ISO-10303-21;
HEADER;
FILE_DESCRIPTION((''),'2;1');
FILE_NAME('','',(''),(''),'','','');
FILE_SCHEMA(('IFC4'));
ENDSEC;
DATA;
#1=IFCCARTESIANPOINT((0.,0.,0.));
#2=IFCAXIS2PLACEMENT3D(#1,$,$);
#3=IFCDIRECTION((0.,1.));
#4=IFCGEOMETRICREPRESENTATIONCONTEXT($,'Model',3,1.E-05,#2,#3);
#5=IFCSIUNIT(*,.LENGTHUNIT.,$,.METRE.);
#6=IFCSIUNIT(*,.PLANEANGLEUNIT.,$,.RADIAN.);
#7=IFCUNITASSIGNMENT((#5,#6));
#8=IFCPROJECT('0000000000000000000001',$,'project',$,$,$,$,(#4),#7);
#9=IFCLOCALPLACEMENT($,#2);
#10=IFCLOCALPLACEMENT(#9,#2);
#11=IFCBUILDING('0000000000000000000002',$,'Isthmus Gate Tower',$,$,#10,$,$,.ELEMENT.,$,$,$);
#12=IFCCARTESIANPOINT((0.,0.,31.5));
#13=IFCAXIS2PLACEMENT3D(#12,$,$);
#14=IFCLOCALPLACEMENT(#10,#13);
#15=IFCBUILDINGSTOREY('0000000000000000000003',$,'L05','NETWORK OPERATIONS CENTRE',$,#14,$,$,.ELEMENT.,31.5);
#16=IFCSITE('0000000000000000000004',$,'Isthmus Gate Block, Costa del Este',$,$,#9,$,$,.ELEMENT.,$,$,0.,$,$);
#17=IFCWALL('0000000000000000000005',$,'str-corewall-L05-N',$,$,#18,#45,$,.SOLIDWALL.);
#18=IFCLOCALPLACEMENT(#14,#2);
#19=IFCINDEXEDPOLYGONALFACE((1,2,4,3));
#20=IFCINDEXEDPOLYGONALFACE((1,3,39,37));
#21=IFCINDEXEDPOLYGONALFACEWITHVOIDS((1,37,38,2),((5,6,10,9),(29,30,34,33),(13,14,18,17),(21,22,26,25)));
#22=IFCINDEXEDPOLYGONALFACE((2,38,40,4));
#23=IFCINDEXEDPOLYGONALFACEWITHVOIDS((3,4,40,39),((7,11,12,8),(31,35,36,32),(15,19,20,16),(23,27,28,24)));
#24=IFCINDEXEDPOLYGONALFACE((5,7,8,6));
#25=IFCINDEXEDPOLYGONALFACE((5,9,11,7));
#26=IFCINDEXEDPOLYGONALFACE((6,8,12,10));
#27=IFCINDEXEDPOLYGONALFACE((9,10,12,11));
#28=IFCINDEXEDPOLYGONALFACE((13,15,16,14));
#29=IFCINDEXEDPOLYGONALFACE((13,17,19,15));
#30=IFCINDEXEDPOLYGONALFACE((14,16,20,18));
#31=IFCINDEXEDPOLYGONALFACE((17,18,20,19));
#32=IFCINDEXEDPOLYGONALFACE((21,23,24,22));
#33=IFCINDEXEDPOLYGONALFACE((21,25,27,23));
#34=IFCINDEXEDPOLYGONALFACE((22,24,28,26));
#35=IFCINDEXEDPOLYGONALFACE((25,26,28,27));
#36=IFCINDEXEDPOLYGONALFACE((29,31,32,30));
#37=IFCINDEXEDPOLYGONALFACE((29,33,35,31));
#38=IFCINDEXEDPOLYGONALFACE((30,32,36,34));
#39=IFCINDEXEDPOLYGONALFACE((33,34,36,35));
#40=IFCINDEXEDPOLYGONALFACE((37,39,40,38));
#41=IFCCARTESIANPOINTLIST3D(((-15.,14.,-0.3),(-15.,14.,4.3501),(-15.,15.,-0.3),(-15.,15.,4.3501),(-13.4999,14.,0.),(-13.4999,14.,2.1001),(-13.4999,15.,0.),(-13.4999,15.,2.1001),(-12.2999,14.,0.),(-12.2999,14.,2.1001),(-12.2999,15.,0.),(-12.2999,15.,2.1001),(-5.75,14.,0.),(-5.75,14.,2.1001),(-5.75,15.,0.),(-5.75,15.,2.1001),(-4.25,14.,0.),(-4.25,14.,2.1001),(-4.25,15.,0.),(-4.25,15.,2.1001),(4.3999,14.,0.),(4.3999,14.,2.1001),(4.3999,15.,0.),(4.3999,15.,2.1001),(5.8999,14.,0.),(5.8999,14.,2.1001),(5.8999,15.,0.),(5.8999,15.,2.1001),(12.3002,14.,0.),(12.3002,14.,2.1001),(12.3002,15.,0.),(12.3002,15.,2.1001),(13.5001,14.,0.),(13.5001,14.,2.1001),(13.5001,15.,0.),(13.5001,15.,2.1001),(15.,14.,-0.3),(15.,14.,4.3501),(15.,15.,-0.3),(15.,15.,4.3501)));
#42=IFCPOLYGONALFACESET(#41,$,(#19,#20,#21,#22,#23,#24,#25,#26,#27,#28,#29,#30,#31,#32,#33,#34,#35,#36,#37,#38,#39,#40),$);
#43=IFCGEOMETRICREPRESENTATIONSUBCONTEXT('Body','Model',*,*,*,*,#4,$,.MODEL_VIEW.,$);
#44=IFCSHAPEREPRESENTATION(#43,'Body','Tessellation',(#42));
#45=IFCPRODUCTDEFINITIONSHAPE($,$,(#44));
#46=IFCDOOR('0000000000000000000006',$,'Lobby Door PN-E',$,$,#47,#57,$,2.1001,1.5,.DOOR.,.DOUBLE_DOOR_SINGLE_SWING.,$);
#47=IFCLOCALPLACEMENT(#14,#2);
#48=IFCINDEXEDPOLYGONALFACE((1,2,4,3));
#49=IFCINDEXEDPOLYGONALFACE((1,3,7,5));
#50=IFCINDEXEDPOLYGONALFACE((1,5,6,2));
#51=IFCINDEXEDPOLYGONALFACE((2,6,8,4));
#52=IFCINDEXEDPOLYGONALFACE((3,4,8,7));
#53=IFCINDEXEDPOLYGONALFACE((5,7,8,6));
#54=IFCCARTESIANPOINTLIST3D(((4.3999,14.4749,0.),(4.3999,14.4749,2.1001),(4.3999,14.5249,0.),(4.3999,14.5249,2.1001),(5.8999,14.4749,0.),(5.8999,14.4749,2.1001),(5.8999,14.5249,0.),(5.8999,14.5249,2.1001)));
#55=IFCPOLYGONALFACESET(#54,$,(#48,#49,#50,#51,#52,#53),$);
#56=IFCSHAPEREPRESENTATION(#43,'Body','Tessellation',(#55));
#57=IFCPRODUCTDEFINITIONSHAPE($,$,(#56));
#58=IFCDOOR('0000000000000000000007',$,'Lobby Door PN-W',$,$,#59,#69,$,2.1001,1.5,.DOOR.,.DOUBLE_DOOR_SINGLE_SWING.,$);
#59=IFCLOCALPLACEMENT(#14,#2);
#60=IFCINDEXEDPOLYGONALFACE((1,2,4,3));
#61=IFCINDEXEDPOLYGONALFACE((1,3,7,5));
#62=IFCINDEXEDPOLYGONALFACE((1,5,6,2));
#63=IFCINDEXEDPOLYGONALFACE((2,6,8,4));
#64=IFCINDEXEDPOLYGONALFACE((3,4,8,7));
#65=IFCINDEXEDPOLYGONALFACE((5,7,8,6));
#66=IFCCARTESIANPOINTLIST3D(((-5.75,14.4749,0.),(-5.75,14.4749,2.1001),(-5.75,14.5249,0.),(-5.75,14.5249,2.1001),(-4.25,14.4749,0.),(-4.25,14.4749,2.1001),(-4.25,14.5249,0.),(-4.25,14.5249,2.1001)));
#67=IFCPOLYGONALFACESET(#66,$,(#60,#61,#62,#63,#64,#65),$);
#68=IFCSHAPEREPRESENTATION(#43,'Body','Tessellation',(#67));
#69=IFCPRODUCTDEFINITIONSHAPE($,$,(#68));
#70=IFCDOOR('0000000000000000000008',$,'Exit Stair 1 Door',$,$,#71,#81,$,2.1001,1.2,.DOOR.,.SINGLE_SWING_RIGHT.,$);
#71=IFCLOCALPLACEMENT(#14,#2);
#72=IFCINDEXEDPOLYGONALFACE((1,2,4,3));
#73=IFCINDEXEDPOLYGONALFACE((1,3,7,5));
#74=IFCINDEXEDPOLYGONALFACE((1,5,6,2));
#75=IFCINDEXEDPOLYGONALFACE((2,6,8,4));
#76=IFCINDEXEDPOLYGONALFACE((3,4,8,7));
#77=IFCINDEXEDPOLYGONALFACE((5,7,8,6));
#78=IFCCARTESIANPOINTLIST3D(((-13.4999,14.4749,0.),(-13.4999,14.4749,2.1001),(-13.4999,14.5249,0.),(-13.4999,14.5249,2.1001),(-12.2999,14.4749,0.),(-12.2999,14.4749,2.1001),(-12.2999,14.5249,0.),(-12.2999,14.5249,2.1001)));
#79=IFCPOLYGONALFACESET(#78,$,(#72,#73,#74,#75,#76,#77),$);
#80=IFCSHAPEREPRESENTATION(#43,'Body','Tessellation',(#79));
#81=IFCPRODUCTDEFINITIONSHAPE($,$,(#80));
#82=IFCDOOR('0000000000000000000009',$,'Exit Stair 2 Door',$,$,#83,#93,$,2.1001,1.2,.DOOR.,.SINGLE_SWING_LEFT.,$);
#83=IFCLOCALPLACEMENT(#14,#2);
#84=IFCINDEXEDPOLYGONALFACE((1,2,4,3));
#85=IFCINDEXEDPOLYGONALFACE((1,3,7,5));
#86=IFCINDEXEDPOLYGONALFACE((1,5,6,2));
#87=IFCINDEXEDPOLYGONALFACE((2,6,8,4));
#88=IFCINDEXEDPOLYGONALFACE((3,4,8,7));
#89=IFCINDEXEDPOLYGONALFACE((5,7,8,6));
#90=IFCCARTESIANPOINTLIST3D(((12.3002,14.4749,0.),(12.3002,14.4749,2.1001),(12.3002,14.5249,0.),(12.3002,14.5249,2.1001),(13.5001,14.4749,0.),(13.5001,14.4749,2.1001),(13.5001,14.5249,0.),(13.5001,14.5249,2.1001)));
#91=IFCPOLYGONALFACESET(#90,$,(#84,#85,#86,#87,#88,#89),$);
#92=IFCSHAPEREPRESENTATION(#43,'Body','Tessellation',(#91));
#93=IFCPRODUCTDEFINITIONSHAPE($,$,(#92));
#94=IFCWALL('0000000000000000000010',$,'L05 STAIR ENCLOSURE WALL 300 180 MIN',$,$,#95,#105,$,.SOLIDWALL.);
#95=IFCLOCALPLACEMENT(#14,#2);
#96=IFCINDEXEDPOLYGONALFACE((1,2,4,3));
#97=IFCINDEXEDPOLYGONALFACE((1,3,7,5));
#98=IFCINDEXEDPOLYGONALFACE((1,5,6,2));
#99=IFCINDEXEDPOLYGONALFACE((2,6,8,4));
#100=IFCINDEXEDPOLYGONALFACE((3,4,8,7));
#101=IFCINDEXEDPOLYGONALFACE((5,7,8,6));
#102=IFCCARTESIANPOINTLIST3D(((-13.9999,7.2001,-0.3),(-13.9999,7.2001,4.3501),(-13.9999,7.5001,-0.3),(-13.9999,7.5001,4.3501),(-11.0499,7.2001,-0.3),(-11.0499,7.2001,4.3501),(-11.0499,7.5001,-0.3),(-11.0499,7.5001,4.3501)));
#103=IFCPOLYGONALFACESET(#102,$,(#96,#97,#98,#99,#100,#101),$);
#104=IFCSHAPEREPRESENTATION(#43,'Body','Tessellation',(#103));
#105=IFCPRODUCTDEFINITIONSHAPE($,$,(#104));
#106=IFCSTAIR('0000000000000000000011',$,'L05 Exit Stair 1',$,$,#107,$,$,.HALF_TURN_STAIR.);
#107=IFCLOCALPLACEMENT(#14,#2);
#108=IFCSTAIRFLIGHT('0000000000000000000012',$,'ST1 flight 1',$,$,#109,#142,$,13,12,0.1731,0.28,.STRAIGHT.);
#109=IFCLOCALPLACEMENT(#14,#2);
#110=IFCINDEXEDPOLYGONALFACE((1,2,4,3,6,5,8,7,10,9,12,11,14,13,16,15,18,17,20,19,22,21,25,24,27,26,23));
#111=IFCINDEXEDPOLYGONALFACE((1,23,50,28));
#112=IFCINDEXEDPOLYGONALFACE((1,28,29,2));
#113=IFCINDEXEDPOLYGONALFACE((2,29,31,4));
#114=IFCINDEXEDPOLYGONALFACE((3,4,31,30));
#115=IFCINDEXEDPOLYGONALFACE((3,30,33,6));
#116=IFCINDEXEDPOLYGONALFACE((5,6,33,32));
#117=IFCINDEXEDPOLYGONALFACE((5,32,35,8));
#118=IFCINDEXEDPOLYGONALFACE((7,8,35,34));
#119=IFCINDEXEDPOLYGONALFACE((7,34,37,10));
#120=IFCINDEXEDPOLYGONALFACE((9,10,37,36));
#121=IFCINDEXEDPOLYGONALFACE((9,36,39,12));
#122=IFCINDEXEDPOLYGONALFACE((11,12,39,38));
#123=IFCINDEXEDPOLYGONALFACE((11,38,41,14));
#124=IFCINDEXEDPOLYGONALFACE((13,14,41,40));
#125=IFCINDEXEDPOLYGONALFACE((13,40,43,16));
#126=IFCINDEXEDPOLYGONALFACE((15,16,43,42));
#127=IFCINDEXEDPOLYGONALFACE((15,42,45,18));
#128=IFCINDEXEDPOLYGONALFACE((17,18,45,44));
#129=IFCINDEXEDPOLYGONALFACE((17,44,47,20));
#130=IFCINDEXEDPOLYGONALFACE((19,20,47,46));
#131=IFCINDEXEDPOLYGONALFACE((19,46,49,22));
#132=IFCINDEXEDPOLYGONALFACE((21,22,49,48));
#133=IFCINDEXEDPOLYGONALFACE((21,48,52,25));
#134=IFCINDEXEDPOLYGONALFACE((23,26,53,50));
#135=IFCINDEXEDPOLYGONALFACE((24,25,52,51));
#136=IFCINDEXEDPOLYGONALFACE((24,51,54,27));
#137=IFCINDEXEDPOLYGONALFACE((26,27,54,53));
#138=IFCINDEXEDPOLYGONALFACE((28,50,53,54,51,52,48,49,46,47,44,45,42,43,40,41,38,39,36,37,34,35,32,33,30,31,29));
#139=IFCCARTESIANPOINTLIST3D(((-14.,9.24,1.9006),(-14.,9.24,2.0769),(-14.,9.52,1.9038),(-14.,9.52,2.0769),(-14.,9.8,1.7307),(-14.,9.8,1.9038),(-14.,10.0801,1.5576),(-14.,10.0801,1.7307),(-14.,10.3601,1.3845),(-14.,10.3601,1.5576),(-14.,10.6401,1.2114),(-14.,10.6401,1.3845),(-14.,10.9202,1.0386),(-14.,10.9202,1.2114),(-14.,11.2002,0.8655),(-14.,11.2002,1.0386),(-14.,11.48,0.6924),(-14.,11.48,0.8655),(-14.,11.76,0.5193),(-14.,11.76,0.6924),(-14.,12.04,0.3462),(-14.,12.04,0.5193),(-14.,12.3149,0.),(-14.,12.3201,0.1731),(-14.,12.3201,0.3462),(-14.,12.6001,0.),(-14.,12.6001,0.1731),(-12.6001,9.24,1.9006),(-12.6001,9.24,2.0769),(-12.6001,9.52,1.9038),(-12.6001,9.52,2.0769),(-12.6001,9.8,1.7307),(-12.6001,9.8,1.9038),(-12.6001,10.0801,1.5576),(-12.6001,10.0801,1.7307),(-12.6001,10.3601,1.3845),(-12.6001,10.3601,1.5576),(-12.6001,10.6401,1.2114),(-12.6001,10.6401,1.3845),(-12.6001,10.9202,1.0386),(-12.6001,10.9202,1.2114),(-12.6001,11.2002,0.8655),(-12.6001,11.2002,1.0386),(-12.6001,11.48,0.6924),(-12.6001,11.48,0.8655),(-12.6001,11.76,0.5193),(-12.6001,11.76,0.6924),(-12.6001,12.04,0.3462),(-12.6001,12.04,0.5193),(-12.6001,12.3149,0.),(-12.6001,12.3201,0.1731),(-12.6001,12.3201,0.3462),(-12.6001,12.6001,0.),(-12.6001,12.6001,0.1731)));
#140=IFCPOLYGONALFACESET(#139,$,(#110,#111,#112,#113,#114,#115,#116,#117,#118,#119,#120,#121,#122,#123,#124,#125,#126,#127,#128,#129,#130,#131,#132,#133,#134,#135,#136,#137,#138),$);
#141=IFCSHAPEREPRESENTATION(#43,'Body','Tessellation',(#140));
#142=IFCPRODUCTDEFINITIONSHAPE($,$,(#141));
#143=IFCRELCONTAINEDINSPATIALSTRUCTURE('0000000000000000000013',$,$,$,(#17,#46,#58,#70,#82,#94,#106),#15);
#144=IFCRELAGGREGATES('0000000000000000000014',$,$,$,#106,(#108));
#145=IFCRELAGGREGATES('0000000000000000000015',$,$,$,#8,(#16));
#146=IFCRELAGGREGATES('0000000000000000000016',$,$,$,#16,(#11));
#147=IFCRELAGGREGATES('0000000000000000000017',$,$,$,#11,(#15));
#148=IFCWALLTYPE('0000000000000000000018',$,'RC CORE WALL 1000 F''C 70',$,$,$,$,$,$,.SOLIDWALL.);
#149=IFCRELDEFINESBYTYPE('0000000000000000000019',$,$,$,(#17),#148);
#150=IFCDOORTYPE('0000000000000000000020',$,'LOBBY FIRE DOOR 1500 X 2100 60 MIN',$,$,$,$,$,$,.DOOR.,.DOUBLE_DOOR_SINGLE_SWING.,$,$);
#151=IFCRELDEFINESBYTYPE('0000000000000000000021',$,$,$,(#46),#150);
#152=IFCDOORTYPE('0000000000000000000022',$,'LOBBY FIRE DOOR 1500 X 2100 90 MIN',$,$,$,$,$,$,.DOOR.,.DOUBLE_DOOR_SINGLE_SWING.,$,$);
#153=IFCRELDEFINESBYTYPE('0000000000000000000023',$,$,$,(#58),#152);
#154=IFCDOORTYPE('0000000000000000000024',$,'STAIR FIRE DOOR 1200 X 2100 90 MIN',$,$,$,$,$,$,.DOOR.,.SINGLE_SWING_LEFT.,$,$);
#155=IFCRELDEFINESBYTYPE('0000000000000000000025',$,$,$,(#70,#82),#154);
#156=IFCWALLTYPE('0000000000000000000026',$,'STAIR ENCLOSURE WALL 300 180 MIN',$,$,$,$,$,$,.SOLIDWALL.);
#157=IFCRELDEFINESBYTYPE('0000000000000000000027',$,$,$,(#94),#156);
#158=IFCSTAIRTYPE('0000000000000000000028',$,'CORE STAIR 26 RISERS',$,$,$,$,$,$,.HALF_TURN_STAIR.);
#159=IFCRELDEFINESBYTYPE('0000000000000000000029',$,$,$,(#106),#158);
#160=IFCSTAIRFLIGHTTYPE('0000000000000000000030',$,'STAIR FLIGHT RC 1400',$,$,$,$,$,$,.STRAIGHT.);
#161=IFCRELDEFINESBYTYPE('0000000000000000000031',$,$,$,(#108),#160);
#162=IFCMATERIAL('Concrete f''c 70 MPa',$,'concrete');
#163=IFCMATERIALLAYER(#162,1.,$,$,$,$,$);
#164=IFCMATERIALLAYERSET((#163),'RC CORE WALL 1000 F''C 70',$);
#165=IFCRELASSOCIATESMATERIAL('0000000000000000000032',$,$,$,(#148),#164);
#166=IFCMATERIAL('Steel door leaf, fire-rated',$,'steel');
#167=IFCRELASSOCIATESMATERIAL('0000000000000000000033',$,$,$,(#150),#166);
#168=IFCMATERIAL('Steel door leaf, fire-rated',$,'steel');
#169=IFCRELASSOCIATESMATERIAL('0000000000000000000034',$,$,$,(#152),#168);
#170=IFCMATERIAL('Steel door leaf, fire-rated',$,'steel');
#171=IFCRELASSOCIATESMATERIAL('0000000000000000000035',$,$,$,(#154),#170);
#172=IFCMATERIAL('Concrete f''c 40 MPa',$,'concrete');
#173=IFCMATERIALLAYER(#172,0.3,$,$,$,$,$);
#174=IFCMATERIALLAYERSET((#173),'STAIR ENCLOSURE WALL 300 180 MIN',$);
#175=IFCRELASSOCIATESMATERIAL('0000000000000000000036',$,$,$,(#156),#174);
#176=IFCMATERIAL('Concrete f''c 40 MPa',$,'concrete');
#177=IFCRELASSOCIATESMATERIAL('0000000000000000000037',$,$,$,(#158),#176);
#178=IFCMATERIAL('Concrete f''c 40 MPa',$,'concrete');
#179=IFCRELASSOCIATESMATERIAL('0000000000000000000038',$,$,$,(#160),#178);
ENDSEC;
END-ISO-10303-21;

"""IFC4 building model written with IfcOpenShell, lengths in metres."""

from ifc_helpers import new_model, si_unit, direction, frame, frame_2d, origin, place, context, subcontext, project, spatial, polyline, rectangle, outline, extrude, material, layer, layer_set, type_object, element, fill, aggregate, save


model = new_model("IFC4")

# Units and contexts
model_context = context("Model", 3, precision=1e-05, world=origin(), true_north=direction((0.0, 1.0)))
body_context = subcontext(model_context, "Body", "Model", "MODEL_VIEW")
ifc_project = project(units=[si_unit("LENGTHUNIT", "METRE"), si_unit("PLANEANGLEUNIT", "RADIAN")], contexts=[model_context])

# Site, building, storey
site_placement = place(None, origin())
site = spatial("IfcSite", under=ifc_project, at=site_placement, Name="Isthmus Gate Block, Costa del Este", CompositionType="ELEMENT", RefElevation=0.0)
building_placement = place(site_placement, origin())
building = spatial("IfcBuilding", under=site, at=building_placement, Name="Isthmus Gate Tower", CompositionType="ELEMENT")
storey_placement = place(building_placement, frame((0.0, 0.0, 31.5)))
storey = spatial("IfcBuildingStorey", under=building, at=storey_placement, Name="L05", Description="NETWORK OPERATIONS CENTRE", CompositionType="ELEMENT", Elevation=31.5)

# Wall, openings, doors
ifc_material_1 = material(Name="Concrete f'c 70 MPa", Category="concrete")
ifc_layer_1 = layer(ifc_material_1, 1.0)
ifc_layer_set_1 = layer_set([ifc_layer_1], Name="RC CORE WALL 1000 F'C 70")
wall_type_1 = type_object("IfcWallType", Name="RC CORE WALL 1000 F'C 70", PredefinedType="SOLIDWALL", material=ifc_layer_set_1)
wall_1_placement = place(storey_placement, frame((-15.0, 14.5, -0.3), z_axis=(0.0, 0.0, 1.0), x_axis=(1.0, 0.0, 0.0)))
wall_1 = element("IfcWall", 1, at=wall_1_placement, inside=storey, type_object=wall_type_1, Name="str-corewall-L05-N", PredefinedType="SOLIDWALL", context=body_context, shape_type="SweptSolid", body=[
    extrude(rectangle(XDim=30.0, YDim=1.0, at=frame_2d((15.0, 0.0))), origin(), (0.0, 0.0, 1.0), 4.6501),
])
opening_1_placement = place(wall_1_placement, frame((9.25, 0.0, 0.3)))
opening_1 = element("IfcOpeningElement", 2, at=opening_1_placement, cuts=wall_1, PredefinedType="OPENING", context=body_context, shape_type="SweptSolid", body=[
    extrude(rectangle(XDim=1.5, YDim=2.1001, at=frame_2d((0.75, 1.05))), frame((0.0, 0.51, 0.0), z_axis=(0.0, -1.0, 0.0), x_axis=(1.0, 0.0, 0.0)), (0.0, 0.0, 1.0), 1.02),
])
opening_2_placement = place(wall_1_placement, frame((19.3999, 0.0, 0.3)))
opening_2 = element("IfcOpeningElement", 3, at=opening_2_placement, cuts=wall_1, PredefinedType="OPENING", context=body_context, shape_type="SweptSolid", body=[
    extrude(rectangle(XDim=1.5, YDim=2.1001, at=frame_2d((0.75, 1.05))), frame((0.0, 0.51, 0.0), z_axis=(0.0, -1.0, 0.0), x_axis=(1.0, 0.0, 0.0)), (0.0, 0.0, 1.0), 1.02),
])
opening_3_placement = place(wall_1_placement, frame((1.5, 0.0, 0.3)))
opening_3 = element("IfcOpeningElement", 4, at=opening_3_placement, cuts=wall_1, PredefinedType="OPENING", context=body_context, shape_type="SweptSolid", body=[
    extrude(rectangle(XDim=1.2, YDim=2.1001, at=frame_2d((0.6001, 1.05))), frame((0.0, 0.51, 0.0), z_axis=(0.0, -1.0, 0.0), x_axis=(1.0, 0.0, 0.0)), (0.0, 0.0, 1.0), 1.02),
])
opening_4_placement = place(wall_1_placement, frame((27.3, 0.0, 0.3)))
opening_4 = element("IfcOpeningElement", 5, at=opening_4_placement, cuts=wall_1, PredefinedType="OPENING", context=body_context, shape_type="SweptSolid", body=[
    extrude(rectangle(XDim=1.2, YDim=2.1001, at=frame_2d((0.6001, 1.05))), frame((0.0, 0.51, 0.0), z_axis=(0.0, -1.0, 0.0), x_axis=(1.0, 0.0, 0.0)), (0.0, 0.0, 1.0), 1.02),
])
ifc_material_2 = material(Name="Steel door leaf, fire-rated", Category="steel")
door_type_1 = type_object("IfcDoorType", Name="LOBBY FIRE DOOR 1500 X 2100 60 MIN", OperationType="DOUBLE_DOOR_SINGLE_SWING", PredefinedType="DOOR", material=ifc_material_2)
door_1_placement = place(opening_2_placement, origin())
door_1 = element("IfcDoor", 6, at=door_1_placement, inside=storey, type_object=door_type_1, Name="Lobby Door PN-E", OperationType="DOUBLE_DOOR_SINGLE_SWING", OverallHeight=2.1001, OverallWidth=1.5, PredefinedType="DOOR", context=body_context, shape_type="SweptSolid", body=[
    extrude(rectangle(XDim=1.5, YDim=2.1001, at=frame_2d((0.75, 1.05))), frame((0.0, 0.0249, 0.0), z_axis=(0.0, -1.0, 0.0), x_axis=(1.0, 0.0, 0.0)), (0.0, 0.0, 1.0), 0.05),
])
fill(opening_2, door_1)
ifc_material_3 = material(Name="Steel door leaf, fire-rated", Category="steel")
door_type_2 = type_object("IfcDoorType", Name="LOBBY FIRE DOOR 1500 X 2100 90 MIN", OperationType="DOUBLE_DOOR_SINGLE_SWING", PredefinedType="DOOR", material=ifc_material_3)
door_2_placement = place(opening_1_placement, origin())
door_2 = element("IfcDoor", 7, at=door_2_placement, inside=storey, type_object=door_type_2, Name="Lobby Door PN-W", OperationType="DOUBLE_DOOR_SINGLE_SWING", OverallHeight=2.1001, OverallWidth=1.5, PredefinedType="DOOR", context=body_context, shape_type="SweptSolid", body=[
    extrude(rectangle(XDim=1.5, YDim=2.1001, at=frame_2d((0.75, 1.05))), frame((0.0, 0.0249, 0.0), z_axis=(0.0, -1.0, 0.0), x_axis=(1.0, 0.0, 0.0)), (0.0, 0.0, 1.0), 0.05),
])
fill(opening_1, door_2)
ifc_material_4 = material(Name="Steel door leaf, fire-rated", Category="steel")
door_type_3 = type_object("IfcDoorType", Name="STAIR FIRE DOOR 1200 X 2100 90 MIN", OperationType="SINGLE_SWING_LEFT", PredefinedType="DOOR", material=ifc_material_4)
door_3_placement = place(opening_3_placement, origin())
door_3 = element("IfcDoor", 8, at=door_3_placement, inside=storey, type_object=door_type_3, Name="Exit Stair 1 Door", OperationType="SINGLE_SWING_RIGHT", OverallHeight=2.1001, OverallWidth=1.2, PredefinedType="DOOR", context=body_context, shape_type="SweptSolid", body=[
    extrude(rectangle(XDim=1.2, YDim=2.1001, at=frame_2d((0.6001, 1.05))), frame((0.0, 0.0249, 0.0), z_axis=(0.0, -1.0, 0.0), x_axis=(1.0, 0.0, 0.0)), (0.0, 0.0, 1.0), 0.05),
])
fill(opening_3, door_3)
door_4_placement = place(opening_4_placement, origin())
door_4 = element("IfcDoor", 9, at=door_4_placement, inside=storey, type_object=door_type_3, Name="Exit Stair 2 Door", OperationType="SINGLE_SWING_LEFT", OverallHeight=2.1001, OverallWidth=1.2, PredefinedType="DOOR", context=body_context, shape_type="SweptSolid", body=[
    extrude(rectangle(XDim=1.2, YDim=2.1001, at=frame_2d((0.6001, 1.05))), frame((0.0, 0.0249, 0.0), z_axis=(0.0, -1.0, 0.0), x_axis=(1.0, 0.0, 0.0)), (0.0, 0.0, 1.0), 0.05),
])
fill(opening_4, door_4)

# Wall
ifc_material_5 = material(Name="Concrete f'c 40 MPa", Category="concrete")
ifc_layer_2 = layer(ifc_material_5, 0.3)
ifc_layer_set_2 = layer_set([ifc_layer_2], Name="STAIR ENCLOSURE WALL 300 180 MIN")
wall_type_2 = type_object("IfcWallType", Name="STAIR ENCLOSURE WALL 300 180 MIN", PredefinedType="SOLIDWALL", material=ifc_layer_set_2)
wall_2_placement = place(storey_placement, frame((-14.0, 7.3501, -0.3), z_axis=(0.0, 0.0, 1.0), x_axis=(1.0, 0.0, 0.0)))
element("IfcWall", 10, at=wall_2_placement, inside=storey, type_object=wall_type_2, Name="L05 STAIR ENCLOSURE WALL 300 180 MIN", PredefinedType="SOLIDWALL", context=body_context, shape_type="SweptSolid", body=[
    extrude(rectangle(XDim=2.95, YDim=0.3, at=frame_2d((1.4751, 0.0))), origin(), (0.0, 0.0, 1.0), 4.6501),
])

# Stair, stair flight
ifc_material_6 = material(Name="Concrete f'c 40 MPa", Category="concrete")
stair_type = type_object("IfcStairType", Name="CORE STAIR 26 RISERS", PredefinedType="HALF_TURN_STAIR", material=ifc_material_6)
stair_1_placement = place(storey_placement, origin())
stair_1 = element("IfcStair", 11, at=stair_1_placement, inside=storey, type_object=stair_type, Name="L05 Exit Stair 1", PredefinedType="HALF_TURN_STAIR")
ifc_material_7 = material(Name="Concrete f'c 40 MPa", Category="concrete")
stair_flight_type = type_object("IfcStairFlightType", Name="STAIR FLIGHT RC 1400", PredefinedType="STRAIGHT", material=ifc_material_7)
stair_flight_1_placement = place(storey_placement, frame((-13.3, 12.6001, 0.0), z_axis=(0.0, 0.0, 1.0), x_axis=(0.0, -1.0, 0.0)))
stair_flight_1 = element("IfcStairFlight", 12, at=stair_flight_1_placement, type_object=stair_flight_type, Name="ST1 flight 1", NumberOfRisers=13, NumberOfTreads=12, PredefinedType="STRAIGHT", RiserHeight=0.1731, TreadLength=0.28, context=body_context, shape_type="SweptSolid", body=[
    extrude(outline(polyline([(0.0, 0.0), (0.0, 0.1731), (0.28, 0.1731), (0.28, 0.3462), (0.5601, 0.3462), (0.5601, 0.5193), (0.8401, 0.5193), (0.8401, 0.6924), (1.1201, 0.6924), (1.1201, 0.8655), (1.3999, 0.8655), (1.3999, 1.0386), (1.6799, 1.0386), (1.6799, 1.2114), (1.96, 1.2114), (1.96, 1.3845), (2.24, 1.3845), (2.24, 1.5576), (2.52, 1.5576), (2.52, 1.7307), (2.8, 1.7307), (2.8, 1.9038), (3.0801, 1.9038), (3.0801, 2.0769), (3.3601, 2.0769), (3.3601, 2.25), (3.3601, 1.9006), (0.2852, 0.0), (0.0, 0.0)])), frame((0.0, 0.7, 0.0), z_axis=(0.0, -1.0, 0.0), x_axis=(1.0, 0.0, 0.0)), (0.0, 0.0, 1.0), 1.3999),
])
aggregate(stair_1, [stair_flight_1])

save(model, "model.ifc")
